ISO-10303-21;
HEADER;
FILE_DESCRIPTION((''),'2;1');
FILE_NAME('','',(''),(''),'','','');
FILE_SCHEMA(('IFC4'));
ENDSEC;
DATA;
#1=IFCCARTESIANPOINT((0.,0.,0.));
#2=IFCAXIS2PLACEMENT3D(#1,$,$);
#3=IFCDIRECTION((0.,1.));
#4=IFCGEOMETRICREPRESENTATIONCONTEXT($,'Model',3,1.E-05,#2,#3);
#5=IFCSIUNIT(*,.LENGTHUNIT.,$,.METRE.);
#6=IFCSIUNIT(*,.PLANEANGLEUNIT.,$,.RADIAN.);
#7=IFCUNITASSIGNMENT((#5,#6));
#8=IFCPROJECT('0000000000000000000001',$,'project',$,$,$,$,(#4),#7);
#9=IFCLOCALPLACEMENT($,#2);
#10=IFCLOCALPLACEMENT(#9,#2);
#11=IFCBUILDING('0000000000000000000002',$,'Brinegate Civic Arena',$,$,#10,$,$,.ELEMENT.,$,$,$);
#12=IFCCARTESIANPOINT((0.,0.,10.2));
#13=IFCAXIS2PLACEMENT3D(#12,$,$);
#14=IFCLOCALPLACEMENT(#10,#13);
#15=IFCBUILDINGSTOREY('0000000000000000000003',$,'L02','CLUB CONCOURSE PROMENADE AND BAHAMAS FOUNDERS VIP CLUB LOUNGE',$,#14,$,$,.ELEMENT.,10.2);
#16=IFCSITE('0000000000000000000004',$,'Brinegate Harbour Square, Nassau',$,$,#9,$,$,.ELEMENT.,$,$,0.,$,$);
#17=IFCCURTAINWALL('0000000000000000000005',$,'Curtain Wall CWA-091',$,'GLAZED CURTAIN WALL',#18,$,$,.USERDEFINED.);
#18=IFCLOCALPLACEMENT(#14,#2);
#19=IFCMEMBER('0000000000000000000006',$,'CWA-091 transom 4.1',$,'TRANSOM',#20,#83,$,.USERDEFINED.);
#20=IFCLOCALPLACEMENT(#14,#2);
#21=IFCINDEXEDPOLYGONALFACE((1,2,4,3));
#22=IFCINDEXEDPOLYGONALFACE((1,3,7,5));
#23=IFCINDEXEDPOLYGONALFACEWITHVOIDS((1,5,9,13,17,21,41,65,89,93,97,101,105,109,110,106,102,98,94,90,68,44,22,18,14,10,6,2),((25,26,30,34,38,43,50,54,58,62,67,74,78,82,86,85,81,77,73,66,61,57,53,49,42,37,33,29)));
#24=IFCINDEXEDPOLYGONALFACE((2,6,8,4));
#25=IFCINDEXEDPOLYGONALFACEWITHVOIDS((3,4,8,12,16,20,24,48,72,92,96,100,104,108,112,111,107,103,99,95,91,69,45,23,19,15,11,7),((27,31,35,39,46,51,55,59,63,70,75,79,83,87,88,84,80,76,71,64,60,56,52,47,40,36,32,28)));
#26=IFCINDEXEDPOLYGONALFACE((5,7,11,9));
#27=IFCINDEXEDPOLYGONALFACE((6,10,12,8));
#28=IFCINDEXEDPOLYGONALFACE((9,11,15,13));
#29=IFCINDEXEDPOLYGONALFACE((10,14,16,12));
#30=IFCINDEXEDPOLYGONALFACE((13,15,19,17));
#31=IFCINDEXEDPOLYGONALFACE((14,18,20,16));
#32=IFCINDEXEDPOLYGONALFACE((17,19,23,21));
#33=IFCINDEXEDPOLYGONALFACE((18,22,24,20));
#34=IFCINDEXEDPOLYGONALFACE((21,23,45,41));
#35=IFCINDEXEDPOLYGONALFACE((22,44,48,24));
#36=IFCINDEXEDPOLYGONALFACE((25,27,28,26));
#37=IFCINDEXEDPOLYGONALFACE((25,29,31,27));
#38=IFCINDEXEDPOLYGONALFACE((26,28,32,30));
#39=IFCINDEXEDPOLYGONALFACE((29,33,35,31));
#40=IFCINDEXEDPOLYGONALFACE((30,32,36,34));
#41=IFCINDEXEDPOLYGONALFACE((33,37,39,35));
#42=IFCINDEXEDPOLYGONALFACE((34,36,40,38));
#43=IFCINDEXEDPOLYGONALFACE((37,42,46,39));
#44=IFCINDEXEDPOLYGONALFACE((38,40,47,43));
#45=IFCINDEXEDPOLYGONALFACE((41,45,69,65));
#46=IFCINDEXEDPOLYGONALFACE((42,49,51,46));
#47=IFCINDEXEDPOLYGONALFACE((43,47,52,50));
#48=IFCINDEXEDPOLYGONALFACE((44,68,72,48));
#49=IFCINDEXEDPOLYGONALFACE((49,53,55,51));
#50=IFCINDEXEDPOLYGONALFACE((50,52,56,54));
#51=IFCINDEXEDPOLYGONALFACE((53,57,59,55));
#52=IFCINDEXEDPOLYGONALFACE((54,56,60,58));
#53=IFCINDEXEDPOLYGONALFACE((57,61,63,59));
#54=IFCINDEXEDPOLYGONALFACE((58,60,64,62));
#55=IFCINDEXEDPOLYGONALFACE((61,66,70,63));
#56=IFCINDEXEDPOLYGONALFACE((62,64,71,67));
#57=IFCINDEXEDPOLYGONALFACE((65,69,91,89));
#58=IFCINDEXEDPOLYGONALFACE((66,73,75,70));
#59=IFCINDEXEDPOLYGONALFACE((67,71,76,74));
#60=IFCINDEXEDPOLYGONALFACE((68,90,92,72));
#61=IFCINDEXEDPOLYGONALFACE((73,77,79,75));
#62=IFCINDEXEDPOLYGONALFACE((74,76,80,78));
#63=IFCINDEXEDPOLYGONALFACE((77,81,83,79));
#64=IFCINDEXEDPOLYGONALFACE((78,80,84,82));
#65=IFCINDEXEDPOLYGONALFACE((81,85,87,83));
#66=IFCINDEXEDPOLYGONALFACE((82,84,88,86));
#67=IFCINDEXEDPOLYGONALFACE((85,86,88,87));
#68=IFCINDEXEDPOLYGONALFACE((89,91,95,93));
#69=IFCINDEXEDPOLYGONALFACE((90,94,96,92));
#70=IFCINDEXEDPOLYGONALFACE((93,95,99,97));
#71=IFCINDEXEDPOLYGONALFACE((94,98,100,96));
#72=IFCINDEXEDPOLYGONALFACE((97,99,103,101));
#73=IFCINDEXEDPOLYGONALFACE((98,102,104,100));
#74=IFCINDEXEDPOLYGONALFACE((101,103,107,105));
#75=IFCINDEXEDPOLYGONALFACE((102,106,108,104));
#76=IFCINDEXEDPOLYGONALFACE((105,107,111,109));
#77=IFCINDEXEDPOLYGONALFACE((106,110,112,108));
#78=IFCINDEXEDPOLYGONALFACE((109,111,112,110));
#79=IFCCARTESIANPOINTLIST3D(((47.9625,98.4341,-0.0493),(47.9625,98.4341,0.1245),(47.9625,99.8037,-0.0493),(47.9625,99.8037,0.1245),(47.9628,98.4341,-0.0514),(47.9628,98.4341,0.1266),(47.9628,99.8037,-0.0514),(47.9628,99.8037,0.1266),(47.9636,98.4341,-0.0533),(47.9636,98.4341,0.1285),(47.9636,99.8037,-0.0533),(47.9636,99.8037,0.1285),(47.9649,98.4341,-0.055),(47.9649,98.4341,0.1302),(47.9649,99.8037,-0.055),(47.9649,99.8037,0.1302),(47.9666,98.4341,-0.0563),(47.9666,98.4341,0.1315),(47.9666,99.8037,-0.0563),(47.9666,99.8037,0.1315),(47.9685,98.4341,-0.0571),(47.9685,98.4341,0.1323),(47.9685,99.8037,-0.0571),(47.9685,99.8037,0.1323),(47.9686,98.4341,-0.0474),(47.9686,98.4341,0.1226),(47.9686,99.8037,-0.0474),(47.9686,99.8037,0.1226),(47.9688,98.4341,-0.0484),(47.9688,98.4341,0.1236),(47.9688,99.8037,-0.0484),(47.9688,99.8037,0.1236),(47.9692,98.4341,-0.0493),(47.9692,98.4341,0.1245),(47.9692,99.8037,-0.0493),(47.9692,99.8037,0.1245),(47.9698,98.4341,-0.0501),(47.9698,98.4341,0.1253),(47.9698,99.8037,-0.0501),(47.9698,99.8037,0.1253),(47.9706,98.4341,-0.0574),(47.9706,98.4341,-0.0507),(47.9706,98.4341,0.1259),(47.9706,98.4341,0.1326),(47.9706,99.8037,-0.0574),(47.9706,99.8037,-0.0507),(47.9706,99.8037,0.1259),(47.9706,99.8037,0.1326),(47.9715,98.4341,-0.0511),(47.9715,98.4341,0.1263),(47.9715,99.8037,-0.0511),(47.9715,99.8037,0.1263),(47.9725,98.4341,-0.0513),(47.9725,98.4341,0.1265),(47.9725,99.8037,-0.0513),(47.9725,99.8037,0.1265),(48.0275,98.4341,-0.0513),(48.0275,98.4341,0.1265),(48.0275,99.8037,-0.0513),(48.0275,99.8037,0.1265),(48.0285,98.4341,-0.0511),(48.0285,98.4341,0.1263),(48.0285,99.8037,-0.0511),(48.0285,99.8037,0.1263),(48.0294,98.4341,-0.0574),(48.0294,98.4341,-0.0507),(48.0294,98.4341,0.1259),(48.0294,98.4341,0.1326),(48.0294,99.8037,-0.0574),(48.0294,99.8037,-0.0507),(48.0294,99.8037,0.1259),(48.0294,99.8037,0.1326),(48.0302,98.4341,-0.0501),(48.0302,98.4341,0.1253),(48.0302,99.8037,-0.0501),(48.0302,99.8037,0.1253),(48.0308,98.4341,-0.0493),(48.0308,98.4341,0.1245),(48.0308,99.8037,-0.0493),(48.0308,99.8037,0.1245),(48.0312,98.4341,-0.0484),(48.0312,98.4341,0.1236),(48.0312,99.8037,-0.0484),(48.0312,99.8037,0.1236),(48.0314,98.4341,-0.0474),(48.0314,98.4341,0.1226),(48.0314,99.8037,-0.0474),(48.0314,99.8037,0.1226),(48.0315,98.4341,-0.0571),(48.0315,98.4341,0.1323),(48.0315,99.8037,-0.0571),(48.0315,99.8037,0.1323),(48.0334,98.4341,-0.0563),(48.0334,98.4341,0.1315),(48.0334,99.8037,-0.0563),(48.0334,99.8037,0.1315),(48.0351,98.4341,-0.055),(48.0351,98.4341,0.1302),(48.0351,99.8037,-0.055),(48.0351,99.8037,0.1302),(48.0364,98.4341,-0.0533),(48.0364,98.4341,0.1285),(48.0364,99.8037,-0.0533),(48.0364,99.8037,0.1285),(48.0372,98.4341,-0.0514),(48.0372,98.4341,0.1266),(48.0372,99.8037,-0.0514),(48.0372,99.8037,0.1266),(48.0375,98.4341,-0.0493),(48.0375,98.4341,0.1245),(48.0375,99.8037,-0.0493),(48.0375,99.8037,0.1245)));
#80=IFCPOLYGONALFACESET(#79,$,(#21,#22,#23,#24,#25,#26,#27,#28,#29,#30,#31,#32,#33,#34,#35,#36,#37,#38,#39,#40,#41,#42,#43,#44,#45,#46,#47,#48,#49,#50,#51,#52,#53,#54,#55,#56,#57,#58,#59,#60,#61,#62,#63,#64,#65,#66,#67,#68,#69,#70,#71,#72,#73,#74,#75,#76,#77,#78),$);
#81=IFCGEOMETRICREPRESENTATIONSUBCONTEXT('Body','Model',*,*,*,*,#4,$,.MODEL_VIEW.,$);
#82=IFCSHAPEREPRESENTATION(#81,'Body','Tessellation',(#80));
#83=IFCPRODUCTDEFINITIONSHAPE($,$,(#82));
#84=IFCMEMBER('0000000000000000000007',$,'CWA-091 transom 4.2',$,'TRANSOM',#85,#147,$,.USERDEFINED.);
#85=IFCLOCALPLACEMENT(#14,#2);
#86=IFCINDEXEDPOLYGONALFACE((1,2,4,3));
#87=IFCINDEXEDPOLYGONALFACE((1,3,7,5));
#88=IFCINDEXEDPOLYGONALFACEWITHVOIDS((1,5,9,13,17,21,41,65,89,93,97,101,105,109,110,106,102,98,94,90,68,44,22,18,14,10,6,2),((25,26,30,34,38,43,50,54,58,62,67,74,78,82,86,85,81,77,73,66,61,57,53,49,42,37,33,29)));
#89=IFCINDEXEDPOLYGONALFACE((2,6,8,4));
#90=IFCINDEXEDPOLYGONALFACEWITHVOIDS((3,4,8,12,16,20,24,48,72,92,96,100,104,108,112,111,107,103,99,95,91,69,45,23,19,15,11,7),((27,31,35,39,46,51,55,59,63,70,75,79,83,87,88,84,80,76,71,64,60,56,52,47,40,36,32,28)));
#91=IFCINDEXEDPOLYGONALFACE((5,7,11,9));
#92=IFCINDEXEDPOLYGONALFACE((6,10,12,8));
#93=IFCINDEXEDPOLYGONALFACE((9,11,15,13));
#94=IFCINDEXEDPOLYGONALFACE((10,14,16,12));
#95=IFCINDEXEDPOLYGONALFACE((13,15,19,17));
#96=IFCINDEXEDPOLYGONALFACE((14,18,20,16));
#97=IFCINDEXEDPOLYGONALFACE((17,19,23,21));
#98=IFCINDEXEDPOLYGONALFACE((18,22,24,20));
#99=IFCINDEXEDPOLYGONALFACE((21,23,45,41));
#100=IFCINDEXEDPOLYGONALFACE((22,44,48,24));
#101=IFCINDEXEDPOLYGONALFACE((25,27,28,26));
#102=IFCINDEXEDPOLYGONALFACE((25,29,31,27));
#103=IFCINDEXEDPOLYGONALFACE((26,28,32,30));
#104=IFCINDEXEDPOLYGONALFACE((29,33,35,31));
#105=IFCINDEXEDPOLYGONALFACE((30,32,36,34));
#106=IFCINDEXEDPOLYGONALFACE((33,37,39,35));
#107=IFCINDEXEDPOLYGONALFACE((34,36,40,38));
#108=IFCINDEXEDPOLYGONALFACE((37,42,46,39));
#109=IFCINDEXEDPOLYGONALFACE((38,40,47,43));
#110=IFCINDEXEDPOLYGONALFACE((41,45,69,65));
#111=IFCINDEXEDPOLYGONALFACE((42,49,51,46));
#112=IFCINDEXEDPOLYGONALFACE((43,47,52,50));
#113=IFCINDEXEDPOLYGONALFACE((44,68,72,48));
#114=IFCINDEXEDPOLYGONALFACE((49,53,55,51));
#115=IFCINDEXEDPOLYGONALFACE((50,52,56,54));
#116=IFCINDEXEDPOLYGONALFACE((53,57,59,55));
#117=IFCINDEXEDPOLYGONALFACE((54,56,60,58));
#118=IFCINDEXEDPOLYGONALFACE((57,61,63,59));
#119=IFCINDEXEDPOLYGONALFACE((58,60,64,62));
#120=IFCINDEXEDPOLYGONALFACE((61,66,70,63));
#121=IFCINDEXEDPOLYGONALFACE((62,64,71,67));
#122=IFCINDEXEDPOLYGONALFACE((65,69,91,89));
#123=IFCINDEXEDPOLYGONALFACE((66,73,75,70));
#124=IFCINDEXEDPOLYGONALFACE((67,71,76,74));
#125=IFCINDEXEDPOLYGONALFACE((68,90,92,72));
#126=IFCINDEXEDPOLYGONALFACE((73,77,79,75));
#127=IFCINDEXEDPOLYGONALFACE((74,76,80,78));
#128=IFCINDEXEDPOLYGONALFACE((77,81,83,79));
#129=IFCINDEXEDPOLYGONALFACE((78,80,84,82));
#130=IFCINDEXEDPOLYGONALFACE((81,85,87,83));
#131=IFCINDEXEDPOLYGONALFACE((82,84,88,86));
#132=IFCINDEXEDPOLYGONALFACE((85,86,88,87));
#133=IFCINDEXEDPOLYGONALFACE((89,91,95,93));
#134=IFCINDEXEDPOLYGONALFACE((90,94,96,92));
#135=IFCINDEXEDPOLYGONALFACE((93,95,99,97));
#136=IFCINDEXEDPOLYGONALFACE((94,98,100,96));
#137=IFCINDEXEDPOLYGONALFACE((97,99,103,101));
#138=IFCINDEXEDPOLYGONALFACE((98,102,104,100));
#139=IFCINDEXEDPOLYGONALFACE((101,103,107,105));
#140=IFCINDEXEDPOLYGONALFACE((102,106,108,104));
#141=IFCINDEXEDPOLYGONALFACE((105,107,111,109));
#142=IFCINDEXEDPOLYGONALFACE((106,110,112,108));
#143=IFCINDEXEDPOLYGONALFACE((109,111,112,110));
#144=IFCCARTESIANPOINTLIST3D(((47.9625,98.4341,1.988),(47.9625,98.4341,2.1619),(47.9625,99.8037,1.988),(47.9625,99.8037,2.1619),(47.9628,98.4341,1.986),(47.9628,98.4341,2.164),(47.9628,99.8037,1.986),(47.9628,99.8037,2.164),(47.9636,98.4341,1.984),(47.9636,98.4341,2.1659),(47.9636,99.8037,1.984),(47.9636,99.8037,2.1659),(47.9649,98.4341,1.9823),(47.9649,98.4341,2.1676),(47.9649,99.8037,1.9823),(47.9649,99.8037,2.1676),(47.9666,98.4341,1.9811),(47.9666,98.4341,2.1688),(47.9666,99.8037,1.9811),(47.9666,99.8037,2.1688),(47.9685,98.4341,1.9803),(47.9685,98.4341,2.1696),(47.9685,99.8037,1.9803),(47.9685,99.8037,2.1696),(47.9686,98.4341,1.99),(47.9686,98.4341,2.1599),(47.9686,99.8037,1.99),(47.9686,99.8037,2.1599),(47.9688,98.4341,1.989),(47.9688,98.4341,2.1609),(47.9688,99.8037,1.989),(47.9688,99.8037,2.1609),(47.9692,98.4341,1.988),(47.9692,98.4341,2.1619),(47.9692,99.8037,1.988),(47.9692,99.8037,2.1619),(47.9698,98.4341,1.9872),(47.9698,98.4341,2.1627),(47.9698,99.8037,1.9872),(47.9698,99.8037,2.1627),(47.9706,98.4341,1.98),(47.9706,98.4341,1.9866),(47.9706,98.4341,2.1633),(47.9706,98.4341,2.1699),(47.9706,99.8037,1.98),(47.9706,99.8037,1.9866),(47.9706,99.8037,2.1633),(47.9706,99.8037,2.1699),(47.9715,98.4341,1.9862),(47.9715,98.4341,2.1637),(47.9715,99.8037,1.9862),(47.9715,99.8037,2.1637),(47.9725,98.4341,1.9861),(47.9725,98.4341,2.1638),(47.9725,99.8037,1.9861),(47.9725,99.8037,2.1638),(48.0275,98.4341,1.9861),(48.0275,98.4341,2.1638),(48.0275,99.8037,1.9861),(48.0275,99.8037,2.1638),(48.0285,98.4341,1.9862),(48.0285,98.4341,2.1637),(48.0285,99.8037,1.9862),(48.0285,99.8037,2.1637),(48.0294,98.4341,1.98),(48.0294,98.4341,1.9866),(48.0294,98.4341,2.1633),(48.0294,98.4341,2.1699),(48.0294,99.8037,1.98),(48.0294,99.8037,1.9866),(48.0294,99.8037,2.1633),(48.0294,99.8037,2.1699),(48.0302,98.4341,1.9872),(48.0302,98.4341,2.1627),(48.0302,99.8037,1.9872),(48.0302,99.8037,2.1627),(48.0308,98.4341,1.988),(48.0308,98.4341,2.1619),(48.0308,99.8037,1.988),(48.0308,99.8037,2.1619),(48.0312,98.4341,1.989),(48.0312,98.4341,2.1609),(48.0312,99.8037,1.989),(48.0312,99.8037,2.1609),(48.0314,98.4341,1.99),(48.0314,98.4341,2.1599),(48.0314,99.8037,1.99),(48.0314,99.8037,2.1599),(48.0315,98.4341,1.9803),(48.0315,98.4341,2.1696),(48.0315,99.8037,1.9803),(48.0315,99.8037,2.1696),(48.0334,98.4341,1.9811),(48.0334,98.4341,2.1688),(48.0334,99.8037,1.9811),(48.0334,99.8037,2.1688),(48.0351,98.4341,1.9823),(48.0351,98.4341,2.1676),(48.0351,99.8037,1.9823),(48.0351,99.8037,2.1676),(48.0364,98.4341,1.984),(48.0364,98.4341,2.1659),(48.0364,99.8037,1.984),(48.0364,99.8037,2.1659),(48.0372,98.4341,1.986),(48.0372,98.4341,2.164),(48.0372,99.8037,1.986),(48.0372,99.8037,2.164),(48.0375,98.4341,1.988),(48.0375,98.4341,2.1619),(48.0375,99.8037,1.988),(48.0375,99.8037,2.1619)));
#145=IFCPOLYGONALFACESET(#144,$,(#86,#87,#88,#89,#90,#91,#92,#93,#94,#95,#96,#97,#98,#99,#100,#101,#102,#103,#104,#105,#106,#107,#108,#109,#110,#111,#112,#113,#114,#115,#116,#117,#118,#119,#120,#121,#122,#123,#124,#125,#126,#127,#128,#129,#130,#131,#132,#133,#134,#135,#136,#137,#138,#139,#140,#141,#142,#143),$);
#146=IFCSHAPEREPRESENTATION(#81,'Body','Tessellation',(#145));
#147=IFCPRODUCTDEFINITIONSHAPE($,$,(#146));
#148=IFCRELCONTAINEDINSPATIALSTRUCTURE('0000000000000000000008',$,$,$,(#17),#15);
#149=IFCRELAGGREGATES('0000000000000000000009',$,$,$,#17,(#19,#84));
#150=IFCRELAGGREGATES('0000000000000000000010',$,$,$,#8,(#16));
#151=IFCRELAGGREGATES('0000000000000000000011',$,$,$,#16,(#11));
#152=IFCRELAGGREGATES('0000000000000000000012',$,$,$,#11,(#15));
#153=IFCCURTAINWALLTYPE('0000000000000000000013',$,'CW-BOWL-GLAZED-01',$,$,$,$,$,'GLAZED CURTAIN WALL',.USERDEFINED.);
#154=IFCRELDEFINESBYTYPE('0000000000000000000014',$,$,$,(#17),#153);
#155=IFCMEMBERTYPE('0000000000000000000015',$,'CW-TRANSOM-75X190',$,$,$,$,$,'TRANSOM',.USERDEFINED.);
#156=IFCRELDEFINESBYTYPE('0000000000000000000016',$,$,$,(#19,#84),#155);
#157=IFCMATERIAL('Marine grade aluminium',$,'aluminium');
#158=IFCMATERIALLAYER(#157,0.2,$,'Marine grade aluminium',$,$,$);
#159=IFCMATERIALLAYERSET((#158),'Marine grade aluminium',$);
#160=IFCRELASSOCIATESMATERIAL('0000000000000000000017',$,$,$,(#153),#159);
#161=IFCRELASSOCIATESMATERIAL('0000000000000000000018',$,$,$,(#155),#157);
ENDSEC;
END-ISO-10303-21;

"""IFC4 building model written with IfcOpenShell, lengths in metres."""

from ifc_helpers import new_model, si_unit, direction, frame, origin, origin_2d, place, context, subcontext, project, spatial, hollow_rectangle, extrude, material, layer, layer_set, material_profile, profile_set, type_object, element, aggregate, save


model = new_model("IFC4")

# Units and contexts
model_context = context("Model", 3, precision=1e-05, world=origin(), true_north=direction((0.0, 1.0)))
body_context = subcontext(model_context, "Body", "Model", "MODEL_VIEW")
ifc_project = project(units=[si_unit("LENGTHUNIT", "METRE"), si_unit("PLANEANGLEUNIT", "RADIAN")], contexts=[model_context])

# Site, building, storey
site_placement = place(None, origin())
site = spatial("IfcSite", under=ifc_project, at=site_placement, Name="Brinegate Harbour Square, Nassau", CompositionType="ELEMENT", RefElevation=0.0)
building_placement = place(site_placement, origin())
building = spatial("IfcBuilding", under=site, at=building_placement, Name="Brinegate Civic Arena", CompositionType="ELEMENT")
storey_placement = place(building_placement, frame((0.0, 0.0, 10.2)))
storey = spatial("IfcBuildingStorey", under=building, at=storey_placement, Name="L02", Description="CLUB CONCOURSE PROMENADE AND BAHAMAS FOUNDERS VIP CLUB LOUNGE", CompositionType="ELEMENT", Elevation=10.2)

# Shared definitions
ifc_material_1 = material(Name="Marine grade aluminium", Category="aluminium")
ifc_layer_1 = layer(ifc_material_1, 0.2, Name="Marine grade aluminium")
ifc_layer_set_1 = layer_set([ifc_layer_1], Name="Marine grade aluminium")
curtain_wall_type = type_object("IfcCurtainWallType", Name="CW-BOWL-GLAZED-01", ElementType="GLAZED CURTAIN WALL", PredefinedType="USERDEFINED", material=ifc_layer_set_1)

# Curtain wall, members
curtain_wall_1_placement = place(storey_placement, origin())
curtain_wall_1 = element("IfcCurtainWall", 1, at=curtain_wall_1_placement, inside=storey, type_object=curtain_wall_type, Name="Curtain Wall CWA-091", ObjectType="GLAZED CURTAIN WALL", PredefinedType="USERDEFINED")
ifc_material_profile_1 = material_profile(ifc_material_1, hollow_rectangle(XDim=0.075, YDim=0.1899, WallThickness=0.0061, InnerFilletRadius=0.0039, OuterFilletRadius=0.0081, at=origin_2d()), Name="TRN75X190")
ifc_profile_set_1 = profile_set([ifc_material_profile_1], Name="Marine grade aluminium")
member_type_1 = type_object("IfcMemberType", Name="CW-TRANSOM-75X190", ElementType="TRANSOM", PredefinedType="USERDEFINED", material=ifc_profile_set_1)
member_1_placement = place(storey_placement, frame((48.0, 98.4341, 0.0376), z_axis=(0.0, 1.0, 0.0), x_axis=(-1.0, 0.0, 0.0)))
member_1 = element("IfcMember", 2, at=member_1_placement, type_object=member_type_1, Name="CWA-091 transom 4.1", ObjectType="TRANSOM", PredefinedType="USERDEFINED", context=body_context, shape_type="SweptSolid", body=[
    extrude(hollow_rectangle(XDim=0.075, YDim=0.1899, WallThickness=0.0061, InnerFilletRadius=0.0039, OuterFilletRadius=0.0081, at=origin_2d()), origin(), (0.0, 0.0, 1.0), 1.3696),
])
member_2_placement = place(storey_placement, frame((48.0, 98.4341, 2.075), z_axis=(0.0, 1.0, 0.0), x_axis=(-1.0, 0.0, 0.0)))
member_2 = element("IfcMember", 3, at=member_2_placement, type_object=member_type_1, Name="CWA-091 transom 4.2", ObjectType="TRANSOM", PredefinedType="USERDEFINED", context=body_context, shape_type="SweptSolid", body=[
    extrude(hollow_rectangle(XDim=0.075, YDim=0.1899, WallThickness=0.0061, InnerFilletRadius=0.0039, OuterFilletRadius=0.0081, at=origin_2d()), origin(), (0.0, 0.0, 1.0), 1.3696),
])

aggregate(curtain_wall_1, [member_1, member_2])

save(model, "model.ifc")
